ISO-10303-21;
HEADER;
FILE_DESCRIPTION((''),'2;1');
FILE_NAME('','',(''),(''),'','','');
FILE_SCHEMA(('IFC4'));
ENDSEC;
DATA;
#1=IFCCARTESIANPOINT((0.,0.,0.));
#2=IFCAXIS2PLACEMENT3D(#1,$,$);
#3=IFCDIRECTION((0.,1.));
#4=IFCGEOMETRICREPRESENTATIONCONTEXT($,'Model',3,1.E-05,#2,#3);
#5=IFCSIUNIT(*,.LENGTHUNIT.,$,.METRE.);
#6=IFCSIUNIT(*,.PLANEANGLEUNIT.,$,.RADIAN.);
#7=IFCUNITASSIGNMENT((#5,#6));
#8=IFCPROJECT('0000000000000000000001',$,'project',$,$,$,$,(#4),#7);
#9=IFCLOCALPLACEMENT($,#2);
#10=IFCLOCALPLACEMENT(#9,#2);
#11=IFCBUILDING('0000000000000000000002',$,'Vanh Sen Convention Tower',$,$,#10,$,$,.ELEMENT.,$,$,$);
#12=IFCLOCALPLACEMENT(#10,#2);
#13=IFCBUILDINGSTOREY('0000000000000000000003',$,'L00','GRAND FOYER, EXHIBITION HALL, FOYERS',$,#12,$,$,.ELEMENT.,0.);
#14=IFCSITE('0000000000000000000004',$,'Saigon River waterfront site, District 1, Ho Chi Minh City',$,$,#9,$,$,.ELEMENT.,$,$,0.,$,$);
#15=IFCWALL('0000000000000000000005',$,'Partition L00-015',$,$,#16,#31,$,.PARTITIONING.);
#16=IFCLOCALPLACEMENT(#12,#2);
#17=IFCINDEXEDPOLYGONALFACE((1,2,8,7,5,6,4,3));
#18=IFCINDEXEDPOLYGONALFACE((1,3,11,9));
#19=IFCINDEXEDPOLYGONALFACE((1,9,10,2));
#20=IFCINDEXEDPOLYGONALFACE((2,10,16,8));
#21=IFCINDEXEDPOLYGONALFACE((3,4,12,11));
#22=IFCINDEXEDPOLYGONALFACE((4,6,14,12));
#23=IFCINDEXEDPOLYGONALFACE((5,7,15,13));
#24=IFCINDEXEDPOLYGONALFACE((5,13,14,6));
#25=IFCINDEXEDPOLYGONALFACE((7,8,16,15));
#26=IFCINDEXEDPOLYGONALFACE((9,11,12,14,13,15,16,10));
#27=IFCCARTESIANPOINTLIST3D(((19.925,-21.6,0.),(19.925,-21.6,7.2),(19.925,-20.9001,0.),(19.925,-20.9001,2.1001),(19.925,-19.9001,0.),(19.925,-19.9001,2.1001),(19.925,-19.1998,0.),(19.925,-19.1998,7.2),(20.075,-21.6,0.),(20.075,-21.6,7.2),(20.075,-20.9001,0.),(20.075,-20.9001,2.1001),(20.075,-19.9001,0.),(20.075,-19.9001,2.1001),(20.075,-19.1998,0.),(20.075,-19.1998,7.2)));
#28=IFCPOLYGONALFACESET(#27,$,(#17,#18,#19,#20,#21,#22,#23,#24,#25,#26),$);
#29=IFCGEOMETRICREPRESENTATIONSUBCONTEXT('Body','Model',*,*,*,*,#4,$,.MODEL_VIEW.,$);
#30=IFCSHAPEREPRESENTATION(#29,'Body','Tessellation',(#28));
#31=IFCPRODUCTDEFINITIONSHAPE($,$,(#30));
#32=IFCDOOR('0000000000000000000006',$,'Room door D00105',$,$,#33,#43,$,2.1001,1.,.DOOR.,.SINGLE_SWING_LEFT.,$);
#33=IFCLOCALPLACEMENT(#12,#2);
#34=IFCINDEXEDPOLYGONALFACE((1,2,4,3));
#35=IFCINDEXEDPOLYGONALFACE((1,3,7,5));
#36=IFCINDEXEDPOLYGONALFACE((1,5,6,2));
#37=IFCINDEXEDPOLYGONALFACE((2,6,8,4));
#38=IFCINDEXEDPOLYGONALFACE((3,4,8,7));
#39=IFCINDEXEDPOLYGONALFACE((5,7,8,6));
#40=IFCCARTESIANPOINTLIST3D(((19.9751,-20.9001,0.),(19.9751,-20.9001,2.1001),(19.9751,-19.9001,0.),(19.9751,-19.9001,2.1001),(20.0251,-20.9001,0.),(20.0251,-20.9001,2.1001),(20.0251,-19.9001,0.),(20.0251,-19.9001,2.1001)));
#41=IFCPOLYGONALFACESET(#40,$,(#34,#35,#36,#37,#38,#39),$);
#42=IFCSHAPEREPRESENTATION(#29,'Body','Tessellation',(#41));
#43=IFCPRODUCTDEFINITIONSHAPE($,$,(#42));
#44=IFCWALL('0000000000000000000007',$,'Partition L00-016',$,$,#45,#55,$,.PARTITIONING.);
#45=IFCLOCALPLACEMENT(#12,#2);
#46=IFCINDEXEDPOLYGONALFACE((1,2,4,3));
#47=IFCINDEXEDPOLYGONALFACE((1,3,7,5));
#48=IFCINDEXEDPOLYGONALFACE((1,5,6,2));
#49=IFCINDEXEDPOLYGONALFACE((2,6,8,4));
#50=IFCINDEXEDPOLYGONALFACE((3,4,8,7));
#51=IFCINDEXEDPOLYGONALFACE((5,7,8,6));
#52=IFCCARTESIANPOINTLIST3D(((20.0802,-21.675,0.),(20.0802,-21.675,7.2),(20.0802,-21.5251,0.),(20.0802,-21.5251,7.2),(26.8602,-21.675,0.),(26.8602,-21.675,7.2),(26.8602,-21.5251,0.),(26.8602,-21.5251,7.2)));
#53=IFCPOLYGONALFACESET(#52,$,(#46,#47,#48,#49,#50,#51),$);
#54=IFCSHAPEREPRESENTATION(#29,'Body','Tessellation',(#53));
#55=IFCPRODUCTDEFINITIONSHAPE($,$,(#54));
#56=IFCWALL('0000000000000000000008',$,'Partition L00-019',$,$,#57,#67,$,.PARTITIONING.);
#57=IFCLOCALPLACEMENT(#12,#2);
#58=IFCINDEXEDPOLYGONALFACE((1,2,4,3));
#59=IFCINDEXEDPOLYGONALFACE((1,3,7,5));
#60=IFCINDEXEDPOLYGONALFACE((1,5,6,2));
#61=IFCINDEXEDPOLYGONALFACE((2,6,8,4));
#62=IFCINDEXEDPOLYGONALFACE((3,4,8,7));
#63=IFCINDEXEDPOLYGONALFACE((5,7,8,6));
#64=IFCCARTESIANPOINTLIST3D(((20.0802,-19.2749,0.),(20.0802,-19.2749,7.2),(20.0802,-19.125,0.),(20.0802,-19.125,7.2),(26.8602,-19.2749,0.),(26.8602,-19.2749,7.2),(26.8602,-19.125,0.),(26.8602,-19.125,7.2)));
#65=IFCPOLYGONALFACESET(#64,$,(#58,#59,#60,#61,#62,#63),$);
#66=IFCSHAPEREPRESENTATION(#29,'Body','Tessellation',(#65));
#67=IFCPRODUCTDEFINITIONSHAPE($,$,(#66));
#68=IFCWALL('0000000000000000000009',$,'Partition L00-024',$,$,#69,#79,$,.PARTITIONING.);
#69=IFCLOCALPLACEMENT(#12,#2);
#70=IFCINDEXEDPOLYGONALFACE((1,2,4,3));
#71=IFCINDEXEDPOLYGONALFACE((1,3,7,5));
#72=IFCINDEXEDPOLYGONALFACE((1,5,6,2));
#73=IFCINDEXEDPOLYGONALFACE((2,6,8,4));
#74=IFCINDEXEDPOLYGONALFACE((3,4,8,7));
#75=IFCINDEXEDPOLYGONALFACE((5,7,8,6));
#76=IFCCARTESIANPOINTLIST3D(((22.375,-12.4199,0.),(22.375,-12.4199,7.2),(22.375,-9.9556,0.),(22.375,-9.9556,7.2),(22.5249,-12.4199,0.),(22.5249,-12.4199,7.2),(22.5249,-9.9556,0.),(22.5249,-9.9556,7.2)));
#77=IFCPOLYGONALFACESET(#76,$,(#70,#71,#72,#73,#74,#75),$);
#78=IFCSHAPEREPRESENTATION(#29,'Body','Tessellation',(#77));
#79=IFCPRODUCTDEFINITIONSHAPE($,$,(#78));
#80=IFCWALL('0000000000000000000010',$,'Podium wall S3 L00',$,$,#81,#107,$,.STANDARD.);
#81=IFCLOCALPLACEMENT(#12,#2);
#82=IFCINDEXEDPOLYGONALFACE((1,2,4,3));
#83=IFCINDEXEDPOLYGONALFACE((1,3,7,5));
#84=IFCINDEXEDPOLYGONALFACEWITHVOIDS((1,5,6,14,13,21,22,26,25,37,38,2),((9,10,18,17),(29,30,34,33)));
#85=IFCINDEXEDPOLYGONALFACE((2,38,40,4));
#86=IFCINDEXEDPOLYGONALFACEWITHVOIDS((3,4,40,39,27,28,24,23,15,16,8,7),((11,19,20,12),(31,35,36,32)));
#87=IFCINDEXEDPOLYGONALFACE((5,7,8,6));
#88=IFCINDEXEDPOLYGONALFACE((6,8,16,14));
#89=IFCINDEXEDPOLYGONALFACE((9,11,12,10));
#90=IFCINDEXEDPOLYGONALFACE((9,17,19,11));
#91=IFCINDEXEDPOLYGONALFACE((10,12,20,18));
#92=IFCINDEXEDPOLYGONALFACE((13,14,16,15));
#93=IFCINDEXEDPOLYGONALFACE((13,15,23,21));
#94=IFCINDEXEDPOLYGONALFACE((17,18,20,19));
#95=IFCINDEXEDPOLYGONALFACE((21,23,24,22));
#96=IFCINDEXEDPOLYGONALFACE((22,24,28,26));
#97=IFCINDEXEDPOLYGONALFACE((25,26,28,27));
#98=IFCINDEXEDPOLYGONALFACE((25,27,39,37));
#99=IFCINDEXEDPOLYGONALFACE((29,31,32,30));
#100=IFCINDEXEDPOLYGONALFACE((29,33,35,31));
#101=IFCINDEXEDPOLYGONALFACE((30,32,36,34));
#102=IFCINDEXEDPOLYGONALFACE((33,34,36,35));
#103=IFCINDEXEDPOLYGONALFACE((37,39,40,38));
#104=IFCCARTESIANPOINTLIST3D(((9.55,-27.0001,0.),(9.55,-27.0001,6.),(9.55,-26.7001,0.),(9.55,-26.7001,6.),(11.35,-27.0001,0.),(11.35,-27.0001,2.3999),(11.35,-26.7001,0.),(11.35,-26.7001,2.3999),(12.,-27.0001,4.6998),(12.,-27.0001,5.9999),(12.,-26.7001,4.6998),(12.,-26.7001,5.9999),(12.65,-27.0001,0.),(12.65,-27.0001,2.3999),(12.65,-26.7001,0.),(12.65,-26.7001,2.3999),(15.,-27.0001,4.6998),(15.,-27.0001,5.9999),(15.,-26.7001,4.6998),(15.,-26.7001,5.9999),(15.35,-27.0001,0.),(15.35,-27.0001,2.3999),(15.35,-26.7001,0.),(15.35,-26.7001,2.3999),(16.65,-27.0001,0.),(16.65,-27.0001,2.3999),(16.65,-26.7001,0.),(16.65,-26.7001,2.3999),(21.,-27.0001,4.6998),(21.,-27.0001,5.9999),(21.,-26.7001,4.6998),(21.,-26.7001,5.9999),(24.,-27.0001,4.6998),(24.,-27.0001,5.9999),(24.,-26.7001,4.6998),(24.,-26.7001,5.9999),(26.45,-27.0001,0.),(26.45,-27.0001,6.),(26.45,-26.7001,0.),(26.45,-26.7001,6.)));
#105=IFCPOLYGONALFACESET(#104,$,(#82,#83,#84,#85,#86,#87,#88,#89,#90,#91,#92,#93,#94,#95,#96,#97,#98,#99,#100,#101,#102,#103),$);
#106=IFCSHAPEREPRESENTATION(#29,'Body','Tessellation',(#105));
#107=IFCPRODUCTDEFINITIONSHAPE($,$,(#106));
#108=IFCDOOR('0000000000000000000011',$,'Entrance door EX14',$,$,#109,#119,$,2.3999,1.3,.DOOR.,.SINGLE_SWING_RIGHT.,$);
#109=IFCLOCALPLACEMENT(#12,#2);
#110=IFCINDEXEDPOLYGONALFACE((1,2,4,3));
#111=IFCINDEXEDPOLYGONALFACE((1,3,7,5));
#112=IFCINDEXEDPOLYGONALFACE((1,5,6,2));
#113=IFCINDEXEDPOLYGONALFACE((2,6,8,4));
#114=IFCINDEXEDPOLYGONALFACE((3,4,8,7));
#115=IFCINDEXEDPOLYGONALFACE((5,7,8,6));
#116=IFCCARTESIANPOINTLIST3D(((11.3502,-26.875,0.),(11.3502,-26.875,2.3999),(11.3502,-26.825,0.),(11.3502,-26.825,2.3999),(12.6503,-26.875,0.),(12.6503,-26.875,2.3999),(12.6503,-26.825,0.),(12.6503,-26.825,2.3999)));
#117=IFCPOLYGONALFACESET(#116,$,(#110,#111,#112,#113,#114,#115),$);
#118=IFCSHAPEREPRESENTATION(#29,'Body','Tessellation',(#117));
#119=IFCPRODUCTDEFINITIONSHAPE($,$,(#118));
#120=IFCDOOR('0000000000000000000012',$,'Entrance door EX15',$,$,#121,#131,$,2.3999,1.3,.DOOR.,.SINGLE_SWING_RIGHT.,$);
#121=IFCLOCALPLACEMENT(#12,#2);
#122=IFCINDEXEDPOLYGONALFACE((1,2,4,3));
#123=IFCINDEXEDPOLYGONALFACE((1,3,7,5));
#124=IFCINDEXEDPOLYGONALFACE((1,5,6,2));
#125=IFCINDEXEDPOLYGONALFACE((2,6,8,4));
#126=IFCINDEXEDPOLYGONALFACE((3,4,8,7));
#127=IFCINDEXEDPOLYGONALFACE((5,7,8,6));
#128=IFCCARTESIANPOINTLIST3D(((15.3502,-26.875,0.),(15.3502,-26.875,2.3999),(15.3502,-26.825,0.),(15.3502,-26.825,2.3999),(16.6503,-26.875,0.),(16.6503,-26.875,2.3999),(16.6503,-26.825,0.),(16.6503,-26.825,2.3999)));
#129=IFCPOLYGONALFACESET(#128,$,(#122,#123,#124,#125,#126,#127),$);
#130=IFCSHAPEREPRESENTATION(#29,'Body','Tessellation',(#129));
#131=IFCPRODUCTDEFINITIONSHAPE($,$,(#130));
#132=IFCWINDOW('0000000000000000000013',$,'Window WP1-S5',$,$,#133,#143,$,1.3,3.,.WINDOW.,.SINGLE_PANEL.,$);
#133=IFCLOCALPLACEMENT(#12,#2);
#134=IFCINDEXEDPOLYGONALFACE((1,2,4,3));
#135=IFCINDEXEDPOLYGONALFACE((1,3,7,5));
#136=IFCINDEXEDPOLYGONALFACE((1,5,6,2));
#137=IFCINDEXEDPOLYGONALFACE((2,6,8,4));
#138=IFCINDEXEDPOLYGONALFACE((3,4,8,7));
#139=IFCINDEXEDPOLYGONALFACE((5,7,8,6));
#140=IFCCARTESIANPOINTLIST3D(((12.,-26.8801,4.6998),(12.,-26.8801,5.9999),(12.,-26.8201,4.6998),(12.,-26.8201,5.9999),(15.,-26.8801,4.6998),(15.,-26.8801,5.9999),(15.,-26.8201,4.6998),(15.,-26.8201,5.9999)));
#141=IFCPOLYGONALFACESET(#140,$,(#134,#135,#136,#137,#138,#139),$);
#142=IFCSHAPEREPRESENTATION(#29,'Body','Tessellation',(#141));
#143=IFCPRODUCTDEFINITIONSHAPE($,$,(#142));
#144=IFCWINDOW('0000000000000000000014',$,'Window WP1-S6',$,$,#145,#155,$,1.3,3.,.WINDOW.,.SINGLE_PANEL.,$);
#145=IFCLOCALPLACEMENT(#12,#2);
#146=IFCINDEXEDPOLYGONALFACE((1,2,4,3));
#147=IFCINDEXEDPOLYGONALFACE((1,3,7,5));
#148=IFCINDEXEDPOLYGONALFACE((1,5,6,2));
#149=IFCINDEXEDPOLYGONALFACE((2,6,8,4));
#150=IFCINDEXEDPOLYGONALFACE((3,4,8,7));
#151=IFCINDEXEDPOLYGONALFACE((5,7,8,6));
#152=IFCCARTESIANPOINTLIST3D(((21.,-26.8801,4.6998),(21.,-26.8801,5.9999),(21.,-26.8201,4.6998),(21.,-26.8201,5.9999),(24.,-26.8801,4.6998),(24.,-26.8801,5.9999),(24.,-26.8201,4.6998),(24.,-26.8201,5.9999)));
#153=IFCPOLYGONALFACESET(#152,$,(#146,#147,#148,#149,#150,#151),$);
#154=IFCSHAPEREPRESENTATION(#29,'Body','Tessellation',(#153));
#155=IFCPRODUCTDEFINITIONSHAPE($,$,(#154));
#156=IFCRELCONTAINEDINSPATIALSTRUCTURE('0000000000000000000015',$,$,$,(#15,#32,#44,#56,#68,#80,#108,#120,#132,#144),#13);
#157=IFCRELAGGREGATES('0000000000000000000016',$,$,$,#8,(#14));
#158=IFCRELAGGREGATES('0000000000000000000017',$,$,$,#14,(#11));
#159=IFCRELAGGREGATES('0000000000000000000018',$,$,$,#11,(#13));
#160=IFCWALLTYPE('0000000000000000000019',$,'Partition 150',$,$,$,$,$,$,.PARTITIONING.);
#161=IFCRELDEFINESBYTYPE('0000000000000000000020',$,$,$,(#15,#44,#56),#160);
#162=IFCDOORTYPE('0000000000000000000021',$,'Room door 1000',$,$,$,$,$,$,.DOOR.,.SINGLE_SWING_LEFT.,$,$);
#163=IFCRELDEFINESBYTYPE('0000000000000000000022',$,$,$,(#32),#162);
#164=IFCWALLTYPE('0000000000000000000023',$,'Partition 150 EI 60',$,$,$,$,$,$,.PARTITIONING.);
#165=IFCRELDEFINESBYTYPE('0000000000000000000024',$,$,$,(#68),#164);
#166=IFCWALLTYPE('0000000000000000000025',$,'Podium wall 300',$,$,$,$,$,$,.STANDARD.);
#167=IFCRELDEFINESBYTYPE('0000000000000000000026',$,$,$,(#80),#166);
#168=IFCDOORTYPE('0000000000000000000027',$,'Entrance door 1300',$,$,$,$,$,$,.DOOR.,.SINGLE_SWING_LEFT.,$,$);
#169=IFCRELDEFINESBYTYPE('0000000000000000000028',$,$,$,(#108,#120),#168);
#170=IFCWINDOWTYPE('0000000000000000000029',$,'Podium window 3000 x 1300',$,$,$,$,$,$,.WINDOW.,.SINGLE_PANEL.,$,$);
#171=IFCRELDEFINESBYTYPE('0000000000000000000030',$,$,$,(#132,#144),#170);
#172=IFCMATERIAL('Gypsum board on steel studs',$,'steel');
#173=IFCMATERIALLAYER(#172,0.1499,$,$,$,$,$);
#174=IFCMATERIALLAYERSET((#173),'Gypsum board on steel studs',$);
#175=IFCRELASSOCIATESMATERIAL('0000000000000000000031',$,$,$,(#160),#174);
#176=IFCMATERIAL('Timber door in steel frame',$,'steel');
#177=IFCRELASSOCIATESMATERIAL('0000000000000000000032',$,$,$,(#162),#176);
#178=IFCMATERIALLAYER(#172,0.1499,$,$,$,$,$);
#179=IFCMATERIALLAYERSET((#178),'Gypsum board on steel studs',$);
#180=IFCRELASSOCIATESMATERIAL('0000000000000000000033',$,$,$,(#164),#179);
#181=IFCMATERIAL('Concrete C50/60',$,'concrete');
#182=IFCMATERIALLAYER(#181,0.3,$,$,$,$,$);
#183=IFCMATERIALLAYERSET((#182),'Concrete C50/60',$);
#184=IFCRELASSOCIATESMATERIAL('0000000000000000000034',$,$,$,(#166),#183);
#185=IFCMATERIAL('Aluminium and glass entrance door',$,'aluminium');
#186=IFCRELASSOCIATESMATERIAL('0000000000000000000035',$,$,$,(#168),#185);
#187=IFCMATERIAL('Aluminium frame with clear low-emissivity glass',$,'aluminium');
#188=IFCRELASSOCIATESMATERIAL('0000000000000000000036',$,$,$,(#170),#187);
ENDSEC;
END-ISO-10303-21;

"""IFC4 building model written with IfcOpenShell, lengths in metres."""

from ifc_helpers import new_model, si_unit, direction, frame, frame_2d, origin, place, context, subcontext, project, spatial, rectangle, extrude, material, layer, layer_set, type_object, element, fill, save


model = new_model("IFC4")

# Units and contexts
model_context = context("Model", 3, precision=1e-05, world=origin(), true_north=direction((0.0, 1.0)))
body_context = subcontext(model_context, "Body", "Model", "MODEL_VIEW")
ifc_project = project(units=[si_unit("LENGTHUNIT", "METRE"), si_unit("PLANEANGLEUNIT", "RADIAN")], contexts=[model_context])

# Site, building, storey
site_placement = place(None, origin())
site = spatial("IfcSite", under=ifc_project, at=site_placement, Name="Saigon River waterfront site, District 1, Ho Chi Minh City", CompositionType="ELEMENT", RefElevation=0.0)
building_placement = place(site_placement, origin())
building = spatial("IfcBuilding", under=site, at=building_placement, Name="Vanh Sen Convention Tower", CompositionType="ELEMENT")
storey_placement = place(building_placement, origin())
storey = spatial("IfcBuildingStorey", under=building, at=storey_placement, Name="L00", Description="GRAND FOYER, EXHIBITION HALL, FOYERS", CompositionType="ELEMENT", Elevation=0.0)

# Shared definitions
ifc_material_1 = material(Name="Gypsum board on steel studs", Category="steel")
ifc_layer_1 = layer(ifc_material_1, 0.1499)
ifc_layer_set_1 = layer_set([ifc_layer_1], Name="Gypsum board on steel studs")
wall_type_1 = type_object("IfcWallType", Name="Partition 150", PredefinedType="PARTITIONING", material=ifc_layer_set_1)
ifc_material_2 = material(Name="Timber door in steel frame", Category="steel")

# Wall, opening, door
wall_1_placement = place(storey_placement, frame((20.0, -21.6001, 0.0), z_axis=(0.0, 0.0, 1.0), x_axis=(0.0, 1.0, 0.0)))
wall_1 = element("IfcWall", 1, at=wall_1_placement, inside=storey, type_object=wall_type_1, Name="Partition L00-015", PredefinedType="PARTITIONING", context=body_context, shape_type="SweptSolid", body=[
    extrude(rectangle(XDim=2.4001, YDim=0.1499, at=frame_2d((1.2002, 0.0))), origin(), (0.0, 0.0, 1.0), 7.2),
])
opening_1_placement = place(wall_1_placement, frame((0.7, 0.0, 0.0)))
opening_1 = element("IfcOpeningElement", 2, at=opening_1_placement, cuts=wall_1, PredefinedType="OPENING", context=body_context, shape_type="SweptSolid", body=[
    extrude(rectangle(XDim=1.0, YDim=2.1001, at=frame_2d((0.5, 1.05))), frame((0.0, 0.085, 0.0), z_axis=(0.0, -1.0, 0.0), x_axis=(1.0, 0.0, 0.0)), (0.0, 0.0, 1.0), 0.1699),
])
door_type_1 = type_object("IfcDoorType", Name="Room door 1000", OperationType="SINGLE_SWING_LEFT", PredefinedType="DOOR", material=ifc_material_2)
door_1_placement = place(opening_1_placement, origin())
door_1 = element("IfcDoor", 3, at=door_1_placement, inside=storey, type_object=door_type_1, Name="Room door D00105", OperationType="SINGLE_SWING_LEFT", OverallHeight=2.1001, OverallWidth=1.0, PredefinedType="DOOR", context=body_context, shape_type="SweptSolid", body=[
    extrude(rectangle(XDim=1.0, YDim=2.1001, at=frame_2d((0.5, 1.05))), frame((0.0, 0.0249, 0.0), z_axis=(0.0, -1.0, 0.0), x_axis=(1.0, 0.0, 0.0)), (0.0, 0.0, 1.0), 0.05),
])
fill(opening_1, door_1)

# Walls
for number, where, z_axis, x_axis, name in (
    (4, (20.0801, -21.6001, 0.0), (0.0, 0.0, 1.0), (1.0, 0.0, 0.0), "Partition L00-016"),
    (5, (20.0801, -19.2, 0.0), (0.0, 0.0, 1.0), (1.0, 0.0, 0.0), "Partition L00-019"),
):
    element("IfcWall", number, at=place(storey_placement, frame(where, z_axis=z_axis, x_axis=x_axis)), inside=storey, type_object=wall_type_1, Name=name, PredefinedType="PARTITIONING", context=body_context, shape_type="SweptSolid", body=[
        extrude(rectangle(XDim=6.78, YDim=0.1499, at=frame_2d((3.3901, 0.0))), origin(), (0.0, 0.0, 1.0), 7.2),
    ])
ifc_layer_2 = layer(ifc_material_1, 0.1499)
ifc_layer_set_2 = layer_set([ifc_layer_2], Name="Gypsum board on steel studs")
wall_type_2 = type_object("IfcWallType", Name="Partition 150 EI 60", PredefinedType="PARTITIONING", material=ifc_layer_set_2)
wall_2_placement = place(storey_placement, frame((22.45, -12.4199, 0.0), z_axis=(0.0, 0.0, 1.0), x_axis=(0.0, 1.0, 0.0)))
element("IfcWall", 6, at=wall_2_placement, inside=storey, type_object=wall_type_2, Name="Partition L00-024", PredefinedType="PARTITIONING", context=body_context, shape_type="SweptSolid", body=[
    extrude(rectangle(XDim=2.4644, YDim=0.1499, at=frame_2d((1.2322, 0.0))), origin(), (0.0, 0.0, 1.0), 7.2),
])

# Wall, openings, doors, windows
ifc_material_3 = material(Name="Concrete C50/60", Category="concrete")
ifc_layer_3 = layer(ifc_material_3, 0.3)
ifc_layer_set_3 = layer_set([ifc_layer_3], Name="Concrete C50/60")
wall_type_3 = type_object("IfcWallType", Name="Podium wall 300", PredefinedType="STANDARD", material=ifc_layer_set_3)
wall_3_placement = place(storey_placement, frame((9.55, -26.8501, 0.0), z_axis=(0.0, 0.0, 1.0), x_axis=(1.0, 0.0, 0.0)))
wall_3 = element("IfcWall", 7, at=wall_3_placement, inside=storey, type_object=wall_type_3, Name="Podium wall S3 L00", PredefinedType="STANDARD", context=body_context, shape_type="SweptSolid", body=[
    extrude(rectangle(XDim=16.8999, YDim=0.3, at=frame_2d((8.45, 0.0))), origin(), (0.0, 0.0, 1.0), 6.0),
])
opening_2_placement = place(wall_3_placement, frame((2.45, 0.0, 4.7)))
opening_2 = element("IfcOpeningElement", 8, at=opening_2_placement, cuts=wall_3, PredefinedType="OPENING", context=body_context, shape_type="SweptSolid", body=[
    extrude(rectangle(XDim=3.0, YDim=1.3, at=frame_2d((1.5, 0.6499))), frame((0.0, 0.1599, 0.0), z_axis=(0.0, -1.0, 0.0), x_axis=(1.0, 0.0, 0.0)), (0.0, 0.0, 1.0), 0.3201),
])
opening_3_placement = place(wall_3_placement, frame((11.45, 0.0, 4.7)))
opening_3 = element("IfcOpeningElement", 9, at=opening_3_placement, cuts=wall_3, PredefinedType="OPENING", context=body_context, shape_type="SweptSolid", body=[
    extrude(rectangle(XDim=3.0, YDim=1.3, at=frame_2d((1.5, 0.6499))), frame((0.0, 0.1599, 0.0), z_axis=(0.0, -1.0, 0.0), x_axis=(1.0, 0.0, 0.0)), (0.0, 0.0, 1.0), 0.3201),
])
opening_4_placement = place(wall_3_placement, frame((1.8, 0.0, 0.0)))
opening_4 = element("IfcOpeningElement", 10, at=opening_4_placement, cuts=wall_3, PredefinedType="OPENING", context=body_context, shape_type="SweptSolid", body=[
    extrude(rectangle(XDim=1.3, YDim=2.3999, at=frame_2d((0.6499, 1.2))), frame((0.0, 0.1599, 0.0), z_axis=(0.0, -1.0, 0.0), x_axis=(1.0, 0.0, 0.0)), (0.0, 0.0, 1.0), 0.3201),
])
opening_5_placement = place(wall_3_placement, frame((5.8, 0.0, 0.0)))
opening_5 = element("IfcOpeningElement", 11, at=opening_5_placement, cuts=wall_3, PredefinedType="OPENING", context=body_context, shape_type="SweptSolid", body=[
    extrude(rectangle(XDim=1.3, YDim=2.3999, at=frame_2d((0.6499, 1.2))), frame((0.0, 0.1599, 0.0), z_axis=(0.0, -1.0, 0.0), x_axis=(1.0, 0.0, 0.0)), (0.0, 0.0, 1.0), 0.3201),
])
ifc_material_4 = material(Name="Aluminium and glass entrance door", Category="aluminium")
door_type_2 = type_object("IfcDoorType", Name="Entrance door 1300", OperationType="SINGLE_SWING_LEFT", PredefinedType="DOOR", material=ifc_material_4)
door_2_placement = place(opening_4_placement, frame((1.3, 0.0, 0.0), z_axis=(0.0, 0.0, 1.0), x_axis=(-1.0, 0.0, 0.0)))
door_2 = element("IfcDoor", 12, at=door_2_placement, inside=storey, type_object=door_type_2, Name="Entrance door EX14", OperationType="SINGLE_SWING_RIGHT", OverallHeight=2.3999, OverallWidth=1.3, PredefinedType="DOOR", context=body_context, shape_type="SweptSolid", body=[
    extrude(rectangle(XDim=1.3, YDim=2.3999, at=frame_2d((0.6499, 1.2))), frame((0.0, 0.0249, 0.0), z_axis=(0.0, -1.0, 0.0), x_axis=(1.0, 0.0, 0.0)), (0.0, 0.0, 1.0), 0.05),
])
fill(opening_4, door_2)
door_3_placement = place(opening_5_placement, frame((1.3, 0.0, 0.0), z_axis=(0.0, 0.0, 1.0), x_axis=(-1.0, 0.0, 0.0)))
door_3 = element("IfcDoor", 13, at=door_3_placement, inside=storey, type_object=door_type_2, Name="Entrance door EX15", OperationType="SINGLE_SWING_RIGHT", OverallHeight=2.3999, OverallWidth=1.3, PredefinedType="DOOR", context=body_context, shape_type="SweptSolid", body=[
    extrude(rectangle(XDim=1.3, YDim=2.3999, at=frame_2d((0.6499, 1.2))), frame((0.0, 0.0249, 0.0), z_axis=(0.0, -1.0, 0.0), x_axis=(1.0, 0.0, 0.0)), (0.0, 0.0, 1.0), 0.05),
])
fill(opening_5, door_3)
ifc_material_5 = material(Name="Aluminium frame with clear low-emissivity glass", Category="aluminium")
window_type = type_object("IfcWindowType", Name="Podium window 3000 x 1300", PartitioningType="SINGLE_PANEL", PredefinedType="WINDOW", material=ifc_material_5)
window_1_placement = place(opening_2_placement, origin())
window_1 = element("IfcWindow", 14, at=window_1_placement, inside=storey, type_object=window_type, Name="Window WP1-S5", OverallHeight=1.3, OverallWidth=3.0, PartitioningType="SINGLE_PANEL", PredefinedType="WINDOW", context=body_context, shape_type="SweptSolid", body=[
    extrude(rectangle(XDim=3.0, YDim=1.3, at=frame_2d((1.5, 0.6499))), frame((0.0, 0.03, 0.0), z_axis=(0.0, -1.0, 0.0), x_axis=(1.0, 0.0, 0.0)), (0.0, 0.0, 1.0), 0.0601),
])
fill(opening_2, window_1)
window_2_placement = place(opening_3_placement, origin())
window_2 = element("IfcWindow", 15, at=window_2_placement, inside=storey, type_object=window_type, Name="Window WP1-S6", OverallHeight=1.3, OverallWidth=3.0, PartitioningType="SINGLE_PANEL", PredefinedType="WINDOW", context=body_context, shape_type="SweptSolid", body=[
    extrude(rectangle(XDim=3.0, YDim=1.3, at=frame_2d((1.5, 0.6499))), frame((0.0, 0.03, 0.0), z_axis=(0.0, -1.0, 0.0), x_axis=(1.0, 0.0, 0.0)), (0.0, 0.0, 1.0), 0.0601),
])
fill(opening_3, window_2)

save(model, "model.ifc")
